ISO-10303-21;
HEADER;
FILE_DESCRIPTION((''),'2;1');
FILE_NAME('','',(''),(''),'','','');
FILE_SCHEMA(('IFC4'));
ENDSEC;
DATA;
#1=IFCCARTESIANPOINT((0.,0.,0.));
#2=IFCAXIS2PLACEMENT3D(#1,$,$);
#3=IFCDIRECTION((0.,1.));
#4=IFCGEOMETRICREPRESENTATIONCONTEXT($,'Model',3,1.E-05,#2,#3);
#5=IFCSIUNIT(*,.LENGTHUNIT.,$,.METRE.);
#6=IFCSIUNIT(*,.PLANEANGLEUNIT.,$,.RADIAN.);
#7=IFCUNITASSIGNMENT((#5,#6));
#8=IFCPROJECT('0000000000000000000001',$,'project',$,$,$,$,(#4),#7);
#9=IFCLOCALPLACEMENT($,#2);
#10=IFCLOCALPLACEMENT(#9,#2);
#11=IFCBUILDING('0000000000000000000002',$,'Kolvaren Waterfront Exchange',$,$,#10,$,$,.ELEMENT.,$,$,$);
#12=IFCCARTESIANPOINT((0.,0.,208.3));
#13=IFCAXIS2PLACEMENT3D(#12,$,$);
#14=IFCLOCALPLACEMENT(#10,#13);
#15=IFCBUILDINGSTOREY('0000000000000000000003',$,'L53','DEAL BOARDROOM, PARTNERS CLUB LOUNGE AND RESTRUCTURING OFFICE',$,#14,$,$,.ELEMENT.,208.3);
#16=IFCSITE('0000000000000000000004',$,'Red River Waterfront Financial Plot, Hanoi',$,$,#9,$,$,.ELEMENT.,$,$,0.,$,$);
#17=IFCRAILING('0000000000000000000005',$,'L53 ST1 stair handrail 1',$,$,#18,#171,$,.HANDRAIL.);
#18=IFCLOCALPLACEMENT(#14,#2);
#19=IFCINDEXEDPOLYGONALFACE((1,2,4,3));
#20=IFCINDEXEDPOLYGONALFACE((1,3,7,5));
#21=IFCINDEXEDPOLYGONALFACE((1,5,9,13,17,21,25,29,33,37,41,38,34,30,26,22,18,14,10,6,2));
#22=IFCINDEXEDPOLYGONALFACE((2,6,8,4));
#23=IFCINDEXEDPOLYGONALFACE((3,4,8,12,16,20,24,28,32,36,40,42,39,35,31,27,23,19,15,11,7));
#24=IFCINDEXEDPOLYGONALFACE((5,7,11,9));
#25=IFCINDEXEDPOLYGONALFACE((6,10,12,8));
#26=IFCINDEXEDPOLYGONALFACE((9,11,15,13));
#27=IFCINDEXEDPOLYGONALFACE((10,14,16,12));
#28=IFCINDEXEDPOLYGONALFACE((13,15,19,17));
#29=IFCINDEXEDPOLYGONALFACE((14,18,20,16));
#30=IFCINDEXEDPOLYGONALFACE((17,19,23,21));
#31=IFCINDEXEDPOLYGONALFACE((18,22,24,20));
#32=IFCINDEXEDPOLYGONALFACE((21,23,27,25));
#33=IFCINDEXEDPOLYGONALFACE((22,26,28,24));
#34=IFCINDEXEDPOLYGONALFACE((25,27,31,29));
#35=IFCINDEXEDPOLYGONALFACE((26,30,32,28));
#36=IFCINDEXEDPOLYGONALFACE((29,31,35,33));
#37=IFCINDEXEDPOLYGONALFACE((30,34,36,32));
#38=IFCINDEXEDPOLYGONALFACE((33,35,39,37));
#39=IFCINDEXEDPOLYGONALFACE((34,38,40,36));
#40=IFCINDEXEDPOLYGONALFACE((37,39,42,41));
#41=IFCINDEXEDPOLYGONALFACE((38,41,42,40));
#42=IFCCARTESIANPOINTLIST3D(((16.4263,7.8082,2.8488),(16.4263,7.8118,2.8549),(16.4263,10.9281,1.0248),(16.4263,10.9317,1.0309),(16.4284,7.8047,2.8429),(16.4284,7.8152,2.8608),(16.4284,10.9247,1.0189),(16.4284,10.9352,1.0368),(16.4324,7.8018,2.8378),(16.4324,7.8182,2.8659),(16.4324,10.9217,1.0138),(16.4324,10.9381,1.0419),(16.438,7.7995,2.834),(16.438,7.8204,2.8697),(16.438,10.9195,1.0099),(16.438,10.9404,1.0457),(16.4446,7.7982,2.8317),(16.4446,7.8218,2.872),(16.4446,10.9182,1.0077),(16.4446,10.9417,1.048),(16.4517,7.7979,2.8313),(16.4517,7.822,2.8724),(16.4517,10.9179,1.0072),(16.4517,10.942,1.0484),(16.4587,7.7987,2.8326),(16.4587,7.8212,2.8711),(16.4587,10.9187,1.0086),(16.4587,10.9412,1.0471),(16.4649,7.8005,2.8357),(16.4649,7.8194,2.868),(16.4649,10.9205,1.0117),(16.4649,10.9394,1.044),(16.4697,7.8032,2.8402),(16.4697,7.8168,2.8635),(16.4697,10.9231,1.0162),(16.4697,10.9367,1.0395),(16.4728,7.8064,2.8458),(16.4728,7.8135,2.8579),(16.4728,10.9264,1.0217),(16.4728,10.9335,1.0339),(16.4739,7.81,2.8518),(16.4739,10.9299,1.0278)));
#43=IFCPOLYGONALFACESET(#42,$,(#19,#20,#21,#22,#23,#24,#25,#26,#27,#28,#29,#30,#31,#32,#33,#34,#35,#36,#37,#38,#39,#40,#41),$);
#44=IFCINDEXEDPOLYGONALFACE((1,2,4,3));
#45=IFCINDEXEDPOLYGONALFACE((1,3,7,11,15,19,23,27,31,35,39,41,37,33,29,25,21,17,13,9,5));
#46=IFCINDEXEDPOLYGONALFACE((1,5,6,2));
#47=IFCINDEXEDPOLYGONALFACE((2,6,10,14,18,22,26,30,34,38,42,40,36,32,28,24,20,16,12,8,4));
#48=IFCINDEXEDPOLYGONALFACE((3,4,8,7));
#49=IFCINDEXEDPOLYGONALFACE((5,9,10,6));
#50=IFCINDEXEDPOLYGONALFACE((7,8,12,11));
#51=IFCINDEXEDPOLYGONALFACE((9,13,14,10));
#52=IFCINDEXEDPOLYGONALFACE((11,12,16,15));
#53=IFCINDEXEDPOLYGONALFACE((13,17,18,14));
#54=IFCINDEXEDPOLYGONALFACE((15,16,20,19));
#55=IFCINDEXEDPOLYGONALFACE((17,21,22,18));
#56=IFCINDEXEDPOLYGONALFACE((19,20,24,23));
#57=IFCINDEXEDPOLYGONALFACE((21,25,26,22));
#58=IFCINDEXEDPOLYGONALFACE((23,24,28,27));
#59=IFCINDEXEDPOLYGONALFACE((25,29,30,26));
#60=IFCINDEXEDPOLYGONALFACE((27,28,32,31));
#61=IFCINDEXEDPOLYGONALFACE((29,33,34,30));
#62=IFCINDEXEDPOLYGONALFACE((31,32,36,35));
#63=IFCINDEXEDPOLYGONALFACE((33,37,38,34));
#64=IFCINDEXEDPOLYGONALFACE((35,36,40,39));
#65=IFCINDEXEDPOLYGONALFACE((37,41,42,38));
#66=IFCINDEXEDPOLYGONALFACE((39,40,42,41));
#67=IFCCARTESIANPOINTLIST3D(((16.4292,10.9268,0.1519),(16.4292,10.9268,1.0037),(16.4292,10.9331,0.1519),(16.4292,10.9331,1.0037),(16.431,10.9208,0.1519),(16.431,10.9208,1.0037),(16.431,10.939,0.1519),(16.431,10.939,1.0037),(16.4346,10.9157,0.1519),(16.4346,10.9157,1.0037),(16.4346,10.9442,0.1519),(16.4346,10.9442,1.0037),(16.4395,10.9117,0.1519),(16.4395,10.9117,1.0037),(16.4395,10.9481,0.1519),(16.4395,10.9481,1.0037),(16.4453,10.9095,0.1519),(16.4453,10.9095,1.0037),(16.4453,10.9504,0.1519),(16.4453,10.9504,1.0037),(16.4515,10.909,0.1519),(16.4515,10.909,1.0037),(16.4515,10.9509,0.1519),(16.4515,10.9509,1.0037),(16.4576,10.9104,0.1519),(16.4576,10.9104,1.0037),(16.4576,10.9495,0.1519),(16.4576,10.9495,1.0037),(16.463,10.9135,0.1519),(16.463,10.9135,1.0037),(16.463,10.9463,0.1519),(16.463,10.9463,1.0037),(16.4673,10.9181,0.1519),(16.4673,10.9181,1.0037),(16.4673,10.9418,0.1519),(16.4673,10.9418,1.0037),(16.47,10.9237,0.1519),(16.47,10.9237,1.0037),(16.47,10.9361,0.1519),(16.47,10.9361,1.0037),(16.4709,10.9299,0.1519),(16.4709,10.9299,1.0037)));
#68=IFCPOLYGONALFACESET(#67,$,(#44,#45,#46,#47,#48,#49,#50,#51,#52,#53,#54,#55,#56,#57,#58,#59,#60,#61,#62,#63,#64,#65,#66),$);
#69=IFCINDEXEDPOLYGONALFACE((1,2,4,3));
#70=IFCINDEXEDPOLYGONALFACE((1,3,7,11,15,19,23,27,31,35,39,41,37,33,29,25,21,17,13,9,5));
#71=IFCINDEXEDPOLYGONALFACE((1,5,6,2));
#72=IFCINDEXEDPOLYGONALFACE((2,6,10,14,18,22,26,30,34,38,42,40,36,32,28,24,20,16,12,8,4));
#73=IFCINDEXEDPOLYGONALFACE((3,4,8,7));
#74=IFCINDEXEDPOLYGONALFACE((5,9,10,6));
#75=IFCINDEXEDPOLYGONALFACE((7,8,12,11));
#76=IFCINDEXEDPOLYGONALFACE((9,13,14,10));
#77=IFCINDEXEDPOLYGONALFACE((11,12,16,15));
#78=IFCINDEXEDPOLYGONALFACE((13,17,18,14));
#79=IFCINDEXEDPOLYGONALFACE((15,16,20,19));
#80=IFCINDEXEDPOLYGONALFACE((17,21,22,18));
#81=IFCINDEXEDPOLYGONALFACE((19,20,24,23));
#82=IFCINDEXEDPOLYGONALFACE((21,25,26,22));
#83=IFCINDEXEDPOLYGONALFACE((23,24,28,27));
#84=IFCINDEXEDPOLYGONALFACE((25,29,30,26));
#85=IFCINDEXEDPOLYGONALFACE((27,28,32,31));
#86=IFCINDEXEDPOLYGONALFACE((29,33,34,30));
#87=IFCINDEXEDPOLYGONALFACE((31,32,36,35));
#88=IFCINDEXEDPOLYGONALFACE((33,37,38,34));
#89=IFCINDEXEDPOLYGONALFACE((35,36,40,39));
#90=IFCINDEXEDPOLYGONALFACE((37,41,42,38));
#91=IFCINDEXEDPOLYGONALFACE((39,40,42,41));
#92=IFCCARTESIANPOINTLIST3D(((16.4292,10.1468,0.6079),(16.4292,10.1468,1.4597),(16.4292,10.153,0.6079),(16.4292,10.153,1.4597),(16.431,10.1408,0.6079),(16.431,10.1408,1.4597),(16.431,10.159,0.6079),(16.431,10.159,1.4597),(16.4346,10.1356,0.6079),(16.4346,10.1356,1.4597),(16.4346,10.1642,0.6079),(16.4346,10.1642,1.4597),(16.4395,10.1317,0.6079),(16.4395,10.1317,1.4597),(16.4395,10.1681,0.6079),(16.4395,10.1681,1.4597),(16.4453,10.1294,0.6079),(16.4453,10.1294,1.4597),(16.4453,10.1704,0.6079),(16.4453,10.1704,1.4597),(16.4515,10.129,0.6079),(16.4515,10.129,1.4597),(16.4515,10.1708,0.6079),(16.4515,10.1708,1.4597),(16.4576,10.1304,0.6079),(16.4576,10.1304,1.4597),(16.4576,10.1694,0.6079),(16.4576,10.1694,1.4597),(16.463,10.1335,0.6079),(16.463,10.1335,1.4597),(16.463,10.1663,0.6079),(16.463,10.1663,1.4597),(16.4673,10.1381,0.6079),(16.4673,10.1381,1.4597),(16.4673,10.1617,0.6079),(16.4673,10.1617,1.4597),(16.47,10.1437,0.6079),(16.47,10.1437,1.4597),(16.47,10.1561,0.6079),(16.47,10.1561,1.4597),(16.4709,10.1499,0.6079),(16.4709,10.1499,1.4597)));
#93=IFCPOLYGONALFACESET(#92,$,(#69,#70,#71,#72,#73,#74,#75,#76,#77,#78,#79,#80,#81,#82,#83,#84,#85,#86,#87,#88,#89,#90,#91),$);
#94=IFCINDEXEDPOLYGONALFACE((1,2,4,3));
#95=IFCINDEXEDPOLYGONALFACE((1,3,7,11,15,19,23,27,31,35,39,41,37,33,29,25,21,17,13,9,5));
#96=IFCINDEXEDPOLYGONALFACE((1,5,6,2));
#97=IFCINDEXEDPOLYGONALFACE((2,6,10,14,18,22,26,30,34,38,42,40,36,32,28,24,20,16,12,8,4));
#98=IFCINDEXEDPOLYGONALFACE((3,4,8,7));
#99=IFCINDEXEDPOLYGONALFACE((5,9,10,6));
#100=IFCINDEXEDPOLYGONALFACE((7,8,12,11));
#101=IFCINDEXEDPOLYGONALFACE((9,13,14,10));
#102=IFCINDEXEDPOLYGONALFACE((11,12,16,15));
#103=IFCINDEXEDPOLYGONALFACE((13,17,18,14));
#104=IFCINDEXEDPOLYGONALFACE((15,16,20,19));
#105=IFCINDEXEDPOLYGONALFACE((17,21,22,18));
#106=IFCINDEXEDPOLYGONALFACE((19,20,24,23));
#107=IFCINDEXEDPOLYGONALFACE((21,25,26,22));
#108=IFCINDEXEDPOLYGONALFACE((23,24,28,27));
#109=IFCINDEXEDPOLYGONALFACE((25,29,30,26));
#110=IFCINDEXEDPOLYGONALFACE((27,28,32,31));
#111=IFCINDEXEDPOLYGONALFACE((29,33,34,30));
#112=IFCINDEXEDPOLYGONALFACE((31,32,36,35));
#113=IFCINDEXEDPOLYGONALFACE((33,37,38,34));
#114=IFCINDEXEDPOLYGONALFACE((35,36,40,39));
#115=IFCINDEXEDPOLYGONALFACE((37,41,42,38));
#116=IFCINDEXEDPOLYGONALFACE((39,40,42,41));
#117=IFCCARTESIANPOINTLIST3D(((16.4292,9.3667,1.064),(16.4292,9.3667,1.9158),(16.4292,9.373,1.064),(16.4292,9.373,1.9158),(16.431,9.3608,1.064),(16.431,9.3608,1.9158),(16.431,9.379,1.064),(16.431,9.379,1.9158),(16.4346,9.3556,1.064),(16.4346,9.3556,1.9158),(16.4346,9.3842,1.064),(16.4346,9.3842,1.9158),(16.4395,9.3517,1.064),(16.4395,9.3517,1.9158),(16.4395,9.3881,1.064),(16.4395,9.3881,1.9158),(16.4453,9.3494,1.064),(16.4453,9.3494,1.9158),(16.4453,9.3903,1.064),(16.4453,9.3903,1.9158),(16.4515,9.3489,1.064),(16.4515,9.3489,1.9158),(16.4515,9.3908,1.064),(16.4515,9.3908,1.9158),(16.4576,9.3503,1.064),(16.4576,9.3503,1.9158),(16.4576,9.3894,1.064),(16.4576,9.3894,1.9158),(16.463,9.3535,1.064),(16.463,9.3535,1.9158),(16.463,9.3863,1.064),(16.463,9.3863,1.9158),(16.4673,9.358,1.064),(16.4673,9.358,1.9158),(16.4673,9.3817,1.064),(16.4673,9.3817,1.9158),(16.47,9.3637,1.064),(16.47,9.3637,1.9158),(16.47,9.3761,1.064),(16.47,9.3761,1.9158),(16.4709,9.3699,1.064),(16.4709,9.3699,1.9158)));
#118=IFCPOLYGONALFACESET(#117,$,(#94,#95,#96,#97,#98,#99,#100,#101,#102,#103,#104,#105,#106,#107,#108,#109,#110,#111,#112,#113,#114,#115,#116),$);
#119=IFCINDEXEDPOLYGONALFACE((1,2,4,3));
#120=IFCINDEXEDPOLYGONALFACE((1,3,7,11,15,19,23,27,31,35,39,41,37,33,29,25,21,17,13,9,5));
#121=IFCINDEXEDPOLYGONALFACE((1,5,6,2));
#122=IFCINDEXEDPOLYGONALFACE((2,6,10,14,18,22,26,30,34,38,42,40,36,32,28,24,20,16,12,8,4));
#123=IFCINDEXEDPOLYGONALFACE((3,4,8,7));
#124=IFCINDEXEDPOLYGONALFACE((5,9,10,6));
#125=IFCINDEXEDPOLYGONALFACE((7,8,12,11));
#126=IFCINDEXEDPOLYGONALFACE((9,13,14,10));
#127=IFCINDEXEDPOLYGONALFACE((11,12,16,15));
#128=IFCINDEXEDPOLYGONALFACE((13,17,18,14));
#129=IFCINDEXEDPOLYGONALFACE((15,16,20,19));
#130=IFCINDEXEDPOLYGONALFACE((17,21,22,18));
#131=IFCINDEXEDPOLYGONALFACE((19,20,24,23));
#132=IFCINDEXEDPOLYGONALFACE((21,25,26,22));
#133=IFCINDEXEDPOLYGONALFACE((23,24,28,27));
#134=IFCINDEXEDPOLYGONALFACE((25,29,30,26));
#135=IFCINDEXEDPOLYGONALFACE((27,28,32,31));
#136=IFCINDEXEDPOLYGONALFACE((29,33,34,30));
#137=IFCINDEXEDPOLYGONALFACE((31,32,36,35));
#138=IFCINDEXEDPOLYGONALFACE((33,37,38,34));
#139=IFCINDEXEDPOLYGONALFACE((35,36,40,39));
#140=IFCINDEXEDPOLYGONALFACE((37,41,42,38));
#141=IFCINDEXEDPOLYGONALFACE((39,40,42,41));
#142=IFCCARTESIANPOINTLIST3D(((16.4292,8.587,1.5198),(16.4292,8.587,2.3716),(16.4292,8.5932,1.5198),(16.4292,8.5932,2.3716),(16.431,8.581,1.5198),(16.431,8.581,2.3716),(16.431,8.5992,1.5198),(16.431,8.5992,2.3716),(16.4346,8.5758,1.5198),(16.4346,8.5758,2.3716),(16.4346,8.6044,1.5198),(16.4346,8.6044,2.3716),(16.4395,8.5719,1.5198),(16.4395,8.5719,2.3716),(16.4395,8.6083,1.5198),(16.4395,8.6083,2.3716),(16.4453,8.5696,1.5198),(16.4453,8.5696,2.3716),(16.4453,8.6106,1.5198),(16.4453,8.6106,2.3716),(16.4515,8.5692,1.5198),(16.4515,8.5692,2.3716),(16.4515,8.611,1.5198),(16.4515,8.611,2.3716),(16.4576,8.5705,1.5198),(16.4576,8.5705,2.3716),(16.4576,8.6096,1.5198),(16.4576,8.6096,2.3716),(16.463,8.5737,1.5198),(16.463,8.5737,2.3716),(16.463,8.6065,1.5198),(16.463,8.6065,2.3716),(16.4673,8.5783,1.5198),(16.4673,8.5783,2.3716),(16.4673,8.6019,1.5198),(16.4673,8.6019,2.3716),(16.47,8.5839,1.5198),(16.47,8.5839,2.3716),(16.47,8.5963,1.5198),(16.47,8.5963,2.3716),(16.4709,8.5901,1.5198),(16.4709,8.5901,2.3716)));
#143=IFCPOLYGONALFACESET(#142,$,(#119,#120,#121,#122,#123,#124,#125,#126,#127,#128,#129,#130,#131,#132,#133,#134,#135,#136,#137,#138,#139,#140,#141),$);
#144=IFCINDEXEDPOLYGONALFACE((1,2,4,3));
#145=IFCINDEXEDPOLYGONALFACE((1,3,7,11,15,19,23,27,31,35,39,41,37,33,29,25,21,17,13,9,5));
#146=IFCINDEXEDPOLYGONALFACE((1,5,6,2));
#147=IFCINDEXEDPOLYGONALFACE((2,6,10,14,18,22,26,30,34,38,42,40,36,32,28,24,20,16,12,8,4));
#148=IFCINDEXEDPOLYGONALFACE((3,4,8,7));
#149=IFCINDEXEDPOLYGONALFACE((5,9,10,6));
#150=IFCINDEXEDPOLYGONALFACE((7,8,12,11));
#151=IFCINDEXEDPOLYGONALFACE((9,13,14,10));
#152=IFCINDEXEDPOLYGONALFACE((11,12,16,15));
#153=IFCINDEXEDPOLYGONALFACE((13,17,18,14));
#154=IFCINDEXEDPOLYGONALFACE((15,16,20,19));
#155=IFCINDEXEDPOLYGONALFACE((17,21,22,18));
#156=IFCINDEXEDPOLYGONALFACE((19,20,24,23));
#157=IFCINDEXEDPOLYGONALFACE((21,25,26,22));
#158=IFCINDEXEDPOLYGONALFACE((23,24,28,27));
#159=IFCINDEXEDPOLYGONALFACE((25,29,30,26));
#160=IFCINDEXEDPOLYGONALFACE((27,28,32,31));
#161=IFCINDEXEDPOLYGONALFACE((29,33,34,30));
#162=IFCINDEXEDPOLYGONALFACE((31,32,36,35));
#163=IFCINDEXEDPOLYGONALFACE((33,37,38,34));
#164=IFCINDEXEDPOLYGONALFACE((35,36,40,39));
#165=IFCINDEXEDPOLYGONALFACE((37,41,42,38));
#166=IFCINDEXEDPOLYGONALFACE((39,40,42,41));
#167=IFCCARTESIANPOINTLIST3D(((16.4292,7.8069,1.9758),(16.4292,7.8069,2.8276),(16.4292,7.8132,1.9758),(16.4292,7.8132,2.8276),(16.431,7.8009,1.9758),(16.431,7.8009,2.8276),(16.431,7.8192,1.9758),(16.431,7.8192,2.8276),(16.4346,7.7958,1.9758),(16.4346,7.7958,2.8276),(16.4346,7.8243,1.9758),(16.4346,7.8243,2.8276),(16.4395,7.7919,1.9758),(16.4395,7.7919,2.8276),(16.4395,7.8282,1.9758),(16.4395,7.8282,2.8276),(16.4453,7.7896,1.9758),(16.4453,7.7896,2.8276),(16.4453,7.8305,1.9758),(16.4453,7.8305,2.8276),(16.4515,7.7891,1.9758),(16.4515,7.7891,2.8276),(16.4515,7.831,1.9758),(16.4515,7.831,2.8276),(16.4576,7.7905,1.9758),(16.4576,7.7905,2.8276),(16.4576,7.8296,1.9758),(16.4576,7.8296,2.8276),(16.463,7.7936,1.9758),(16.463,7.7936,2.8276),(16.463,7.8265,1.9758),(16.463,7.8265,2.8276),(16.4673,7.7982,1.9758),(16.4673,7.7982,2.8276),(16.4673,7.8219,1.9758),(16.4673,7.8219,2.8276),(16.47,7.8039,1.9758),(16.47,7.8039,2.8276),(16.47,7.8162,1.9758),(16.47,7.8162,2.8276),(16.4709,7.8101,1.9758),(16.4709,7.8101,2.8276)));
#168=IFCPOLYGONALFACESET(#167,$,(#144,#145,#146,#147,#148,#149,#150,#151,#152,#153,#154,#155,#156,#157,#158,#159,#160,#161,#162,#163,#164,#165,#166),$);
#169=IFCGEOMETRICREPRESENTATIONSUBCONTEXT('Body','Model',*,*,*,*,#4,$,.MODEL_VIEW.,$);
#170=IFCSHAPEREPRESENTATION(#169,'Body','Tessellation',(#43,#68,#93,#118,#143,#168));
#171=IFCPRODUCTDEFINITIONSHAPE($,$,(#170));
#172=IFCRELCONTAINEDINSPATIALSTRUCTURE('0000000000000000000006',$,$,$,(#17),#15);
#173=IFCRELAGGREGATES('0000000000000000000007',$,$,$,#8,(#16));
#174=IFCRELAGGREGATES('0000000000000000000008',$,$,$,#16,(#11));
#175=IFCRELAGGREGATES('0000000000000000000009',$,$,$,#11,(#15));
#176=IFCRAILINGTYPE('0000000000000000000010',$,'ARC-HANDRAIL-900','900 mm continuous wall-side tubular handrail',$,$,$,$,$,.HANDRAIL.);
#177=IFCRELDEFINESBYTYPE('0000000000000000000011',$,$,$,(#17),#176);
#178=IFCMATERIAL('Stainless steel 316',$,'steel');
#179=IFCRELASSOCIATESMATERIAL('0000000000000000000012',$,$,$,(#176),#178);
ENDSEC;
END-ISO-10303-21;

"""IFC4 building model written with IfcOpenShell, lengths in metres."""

from ifc_helpers import new_model, si_unit, direction, frame, origin, origin_2d, place, context, subcontext, project, spatial, circle, extrude, material, type_object, element, save


model = new_model("IFC4")

# Units and contexts
model_context = context("Model", 3, precision=1e-05, world=origin(), true_north=direction((0.0, 1.0)))
body_context = subcontext(model_context, "Body", "Model", "MODEL_VIEW")
ifc_project = project(units=[si_unit("LENGTHUNIT", "METRE"), si_unit("PLANEANGLEUNIT", "RADIAN")], contexts=[model_context])

# Site, building, storey
site_placement = place(None, origin())
site = spatial("IfcSite", under=ifc_project, at=site_placement, Name="Red River Waterfront Financial Plot, Hanoi", CompositionType="ELEMENT", RefElevation=0.0)
building_placement = place(site_placement, origin())
building = spatial("IfcBuilding", under=site, at=building_placement, Name="Kolvaren Waterfront Exchange", CompositionType="ELEMENT")
storey_placement = place(building_placement, frame((0.0, 0.0, 208.3)))
storey = spatial("IfcBuildingStorey", under=building, at=storey_placement, Name="L53", Description="DEAL BOARDROOM, PARTNERS CLUB LOUNGE AND RESTRUCTURING OFFICE", CompositionType="ELEMENT", Elevation=208.3)

# Railing
ifc_material_1 = material(Name="Stainless steel 316", Category="steel")
railing_type = type_object("IfcRailingType", Name="ARC-HANDRAIL-900", Description="900 mm continuous wall-side tubular handrail", PredefinedType="HANDRAIL", material=ifc_material_1)
railing_placement = place(storey_placement, frame((16.45, 10.9299, 0.1519)))
element("IfcRailing", 1, at=railing_placement, inside=storey, type_object=railing_type, Name="L53 ST1 stair handrail 1", PredefinedType="HANDRAIL", context=body_context, shape_type="SweptSolid", body=[
    extrude(circle(Radius=0.0239, at=origin_2d()), frame((0.0, 0.0, 0.876), z_axis=(0.0, -0.863291, 0.504707), x_axis=(1.0, 0.0, 0.0)), (0.0, 0.0, 1.0), 3.614),
    extrude(circle(Radius=0.021, at=origin_2d()), origin(), (0.0, 0.0, 1.0), 0.8518),
    extrude(circle(Radius=0.021, at=origin_2d()), frame((0.0, -0.78, 0.4561)), (0.0, 0.0, 1.0), 0.8518),
    extrude(circle(Radius=0.021, at=origin_2d()), frame((0.0, -1.5601, 0.9121)), (0.0, 0.0, 1.0), 0.8518),
    extrude(circle(Radius=0.021, at=origin_2d()), frame((0.0, -2.3398, 1.3679)), (0.0, 0.0, 1.0), 0.8518),
    extrude(circle(Radius=0.021, at=origin_2d()), frame((0.0, -3.1199, 1.824)), (0.0, 0.0, 1.0), 0.8518),
])

save(model, "model.ifc")
